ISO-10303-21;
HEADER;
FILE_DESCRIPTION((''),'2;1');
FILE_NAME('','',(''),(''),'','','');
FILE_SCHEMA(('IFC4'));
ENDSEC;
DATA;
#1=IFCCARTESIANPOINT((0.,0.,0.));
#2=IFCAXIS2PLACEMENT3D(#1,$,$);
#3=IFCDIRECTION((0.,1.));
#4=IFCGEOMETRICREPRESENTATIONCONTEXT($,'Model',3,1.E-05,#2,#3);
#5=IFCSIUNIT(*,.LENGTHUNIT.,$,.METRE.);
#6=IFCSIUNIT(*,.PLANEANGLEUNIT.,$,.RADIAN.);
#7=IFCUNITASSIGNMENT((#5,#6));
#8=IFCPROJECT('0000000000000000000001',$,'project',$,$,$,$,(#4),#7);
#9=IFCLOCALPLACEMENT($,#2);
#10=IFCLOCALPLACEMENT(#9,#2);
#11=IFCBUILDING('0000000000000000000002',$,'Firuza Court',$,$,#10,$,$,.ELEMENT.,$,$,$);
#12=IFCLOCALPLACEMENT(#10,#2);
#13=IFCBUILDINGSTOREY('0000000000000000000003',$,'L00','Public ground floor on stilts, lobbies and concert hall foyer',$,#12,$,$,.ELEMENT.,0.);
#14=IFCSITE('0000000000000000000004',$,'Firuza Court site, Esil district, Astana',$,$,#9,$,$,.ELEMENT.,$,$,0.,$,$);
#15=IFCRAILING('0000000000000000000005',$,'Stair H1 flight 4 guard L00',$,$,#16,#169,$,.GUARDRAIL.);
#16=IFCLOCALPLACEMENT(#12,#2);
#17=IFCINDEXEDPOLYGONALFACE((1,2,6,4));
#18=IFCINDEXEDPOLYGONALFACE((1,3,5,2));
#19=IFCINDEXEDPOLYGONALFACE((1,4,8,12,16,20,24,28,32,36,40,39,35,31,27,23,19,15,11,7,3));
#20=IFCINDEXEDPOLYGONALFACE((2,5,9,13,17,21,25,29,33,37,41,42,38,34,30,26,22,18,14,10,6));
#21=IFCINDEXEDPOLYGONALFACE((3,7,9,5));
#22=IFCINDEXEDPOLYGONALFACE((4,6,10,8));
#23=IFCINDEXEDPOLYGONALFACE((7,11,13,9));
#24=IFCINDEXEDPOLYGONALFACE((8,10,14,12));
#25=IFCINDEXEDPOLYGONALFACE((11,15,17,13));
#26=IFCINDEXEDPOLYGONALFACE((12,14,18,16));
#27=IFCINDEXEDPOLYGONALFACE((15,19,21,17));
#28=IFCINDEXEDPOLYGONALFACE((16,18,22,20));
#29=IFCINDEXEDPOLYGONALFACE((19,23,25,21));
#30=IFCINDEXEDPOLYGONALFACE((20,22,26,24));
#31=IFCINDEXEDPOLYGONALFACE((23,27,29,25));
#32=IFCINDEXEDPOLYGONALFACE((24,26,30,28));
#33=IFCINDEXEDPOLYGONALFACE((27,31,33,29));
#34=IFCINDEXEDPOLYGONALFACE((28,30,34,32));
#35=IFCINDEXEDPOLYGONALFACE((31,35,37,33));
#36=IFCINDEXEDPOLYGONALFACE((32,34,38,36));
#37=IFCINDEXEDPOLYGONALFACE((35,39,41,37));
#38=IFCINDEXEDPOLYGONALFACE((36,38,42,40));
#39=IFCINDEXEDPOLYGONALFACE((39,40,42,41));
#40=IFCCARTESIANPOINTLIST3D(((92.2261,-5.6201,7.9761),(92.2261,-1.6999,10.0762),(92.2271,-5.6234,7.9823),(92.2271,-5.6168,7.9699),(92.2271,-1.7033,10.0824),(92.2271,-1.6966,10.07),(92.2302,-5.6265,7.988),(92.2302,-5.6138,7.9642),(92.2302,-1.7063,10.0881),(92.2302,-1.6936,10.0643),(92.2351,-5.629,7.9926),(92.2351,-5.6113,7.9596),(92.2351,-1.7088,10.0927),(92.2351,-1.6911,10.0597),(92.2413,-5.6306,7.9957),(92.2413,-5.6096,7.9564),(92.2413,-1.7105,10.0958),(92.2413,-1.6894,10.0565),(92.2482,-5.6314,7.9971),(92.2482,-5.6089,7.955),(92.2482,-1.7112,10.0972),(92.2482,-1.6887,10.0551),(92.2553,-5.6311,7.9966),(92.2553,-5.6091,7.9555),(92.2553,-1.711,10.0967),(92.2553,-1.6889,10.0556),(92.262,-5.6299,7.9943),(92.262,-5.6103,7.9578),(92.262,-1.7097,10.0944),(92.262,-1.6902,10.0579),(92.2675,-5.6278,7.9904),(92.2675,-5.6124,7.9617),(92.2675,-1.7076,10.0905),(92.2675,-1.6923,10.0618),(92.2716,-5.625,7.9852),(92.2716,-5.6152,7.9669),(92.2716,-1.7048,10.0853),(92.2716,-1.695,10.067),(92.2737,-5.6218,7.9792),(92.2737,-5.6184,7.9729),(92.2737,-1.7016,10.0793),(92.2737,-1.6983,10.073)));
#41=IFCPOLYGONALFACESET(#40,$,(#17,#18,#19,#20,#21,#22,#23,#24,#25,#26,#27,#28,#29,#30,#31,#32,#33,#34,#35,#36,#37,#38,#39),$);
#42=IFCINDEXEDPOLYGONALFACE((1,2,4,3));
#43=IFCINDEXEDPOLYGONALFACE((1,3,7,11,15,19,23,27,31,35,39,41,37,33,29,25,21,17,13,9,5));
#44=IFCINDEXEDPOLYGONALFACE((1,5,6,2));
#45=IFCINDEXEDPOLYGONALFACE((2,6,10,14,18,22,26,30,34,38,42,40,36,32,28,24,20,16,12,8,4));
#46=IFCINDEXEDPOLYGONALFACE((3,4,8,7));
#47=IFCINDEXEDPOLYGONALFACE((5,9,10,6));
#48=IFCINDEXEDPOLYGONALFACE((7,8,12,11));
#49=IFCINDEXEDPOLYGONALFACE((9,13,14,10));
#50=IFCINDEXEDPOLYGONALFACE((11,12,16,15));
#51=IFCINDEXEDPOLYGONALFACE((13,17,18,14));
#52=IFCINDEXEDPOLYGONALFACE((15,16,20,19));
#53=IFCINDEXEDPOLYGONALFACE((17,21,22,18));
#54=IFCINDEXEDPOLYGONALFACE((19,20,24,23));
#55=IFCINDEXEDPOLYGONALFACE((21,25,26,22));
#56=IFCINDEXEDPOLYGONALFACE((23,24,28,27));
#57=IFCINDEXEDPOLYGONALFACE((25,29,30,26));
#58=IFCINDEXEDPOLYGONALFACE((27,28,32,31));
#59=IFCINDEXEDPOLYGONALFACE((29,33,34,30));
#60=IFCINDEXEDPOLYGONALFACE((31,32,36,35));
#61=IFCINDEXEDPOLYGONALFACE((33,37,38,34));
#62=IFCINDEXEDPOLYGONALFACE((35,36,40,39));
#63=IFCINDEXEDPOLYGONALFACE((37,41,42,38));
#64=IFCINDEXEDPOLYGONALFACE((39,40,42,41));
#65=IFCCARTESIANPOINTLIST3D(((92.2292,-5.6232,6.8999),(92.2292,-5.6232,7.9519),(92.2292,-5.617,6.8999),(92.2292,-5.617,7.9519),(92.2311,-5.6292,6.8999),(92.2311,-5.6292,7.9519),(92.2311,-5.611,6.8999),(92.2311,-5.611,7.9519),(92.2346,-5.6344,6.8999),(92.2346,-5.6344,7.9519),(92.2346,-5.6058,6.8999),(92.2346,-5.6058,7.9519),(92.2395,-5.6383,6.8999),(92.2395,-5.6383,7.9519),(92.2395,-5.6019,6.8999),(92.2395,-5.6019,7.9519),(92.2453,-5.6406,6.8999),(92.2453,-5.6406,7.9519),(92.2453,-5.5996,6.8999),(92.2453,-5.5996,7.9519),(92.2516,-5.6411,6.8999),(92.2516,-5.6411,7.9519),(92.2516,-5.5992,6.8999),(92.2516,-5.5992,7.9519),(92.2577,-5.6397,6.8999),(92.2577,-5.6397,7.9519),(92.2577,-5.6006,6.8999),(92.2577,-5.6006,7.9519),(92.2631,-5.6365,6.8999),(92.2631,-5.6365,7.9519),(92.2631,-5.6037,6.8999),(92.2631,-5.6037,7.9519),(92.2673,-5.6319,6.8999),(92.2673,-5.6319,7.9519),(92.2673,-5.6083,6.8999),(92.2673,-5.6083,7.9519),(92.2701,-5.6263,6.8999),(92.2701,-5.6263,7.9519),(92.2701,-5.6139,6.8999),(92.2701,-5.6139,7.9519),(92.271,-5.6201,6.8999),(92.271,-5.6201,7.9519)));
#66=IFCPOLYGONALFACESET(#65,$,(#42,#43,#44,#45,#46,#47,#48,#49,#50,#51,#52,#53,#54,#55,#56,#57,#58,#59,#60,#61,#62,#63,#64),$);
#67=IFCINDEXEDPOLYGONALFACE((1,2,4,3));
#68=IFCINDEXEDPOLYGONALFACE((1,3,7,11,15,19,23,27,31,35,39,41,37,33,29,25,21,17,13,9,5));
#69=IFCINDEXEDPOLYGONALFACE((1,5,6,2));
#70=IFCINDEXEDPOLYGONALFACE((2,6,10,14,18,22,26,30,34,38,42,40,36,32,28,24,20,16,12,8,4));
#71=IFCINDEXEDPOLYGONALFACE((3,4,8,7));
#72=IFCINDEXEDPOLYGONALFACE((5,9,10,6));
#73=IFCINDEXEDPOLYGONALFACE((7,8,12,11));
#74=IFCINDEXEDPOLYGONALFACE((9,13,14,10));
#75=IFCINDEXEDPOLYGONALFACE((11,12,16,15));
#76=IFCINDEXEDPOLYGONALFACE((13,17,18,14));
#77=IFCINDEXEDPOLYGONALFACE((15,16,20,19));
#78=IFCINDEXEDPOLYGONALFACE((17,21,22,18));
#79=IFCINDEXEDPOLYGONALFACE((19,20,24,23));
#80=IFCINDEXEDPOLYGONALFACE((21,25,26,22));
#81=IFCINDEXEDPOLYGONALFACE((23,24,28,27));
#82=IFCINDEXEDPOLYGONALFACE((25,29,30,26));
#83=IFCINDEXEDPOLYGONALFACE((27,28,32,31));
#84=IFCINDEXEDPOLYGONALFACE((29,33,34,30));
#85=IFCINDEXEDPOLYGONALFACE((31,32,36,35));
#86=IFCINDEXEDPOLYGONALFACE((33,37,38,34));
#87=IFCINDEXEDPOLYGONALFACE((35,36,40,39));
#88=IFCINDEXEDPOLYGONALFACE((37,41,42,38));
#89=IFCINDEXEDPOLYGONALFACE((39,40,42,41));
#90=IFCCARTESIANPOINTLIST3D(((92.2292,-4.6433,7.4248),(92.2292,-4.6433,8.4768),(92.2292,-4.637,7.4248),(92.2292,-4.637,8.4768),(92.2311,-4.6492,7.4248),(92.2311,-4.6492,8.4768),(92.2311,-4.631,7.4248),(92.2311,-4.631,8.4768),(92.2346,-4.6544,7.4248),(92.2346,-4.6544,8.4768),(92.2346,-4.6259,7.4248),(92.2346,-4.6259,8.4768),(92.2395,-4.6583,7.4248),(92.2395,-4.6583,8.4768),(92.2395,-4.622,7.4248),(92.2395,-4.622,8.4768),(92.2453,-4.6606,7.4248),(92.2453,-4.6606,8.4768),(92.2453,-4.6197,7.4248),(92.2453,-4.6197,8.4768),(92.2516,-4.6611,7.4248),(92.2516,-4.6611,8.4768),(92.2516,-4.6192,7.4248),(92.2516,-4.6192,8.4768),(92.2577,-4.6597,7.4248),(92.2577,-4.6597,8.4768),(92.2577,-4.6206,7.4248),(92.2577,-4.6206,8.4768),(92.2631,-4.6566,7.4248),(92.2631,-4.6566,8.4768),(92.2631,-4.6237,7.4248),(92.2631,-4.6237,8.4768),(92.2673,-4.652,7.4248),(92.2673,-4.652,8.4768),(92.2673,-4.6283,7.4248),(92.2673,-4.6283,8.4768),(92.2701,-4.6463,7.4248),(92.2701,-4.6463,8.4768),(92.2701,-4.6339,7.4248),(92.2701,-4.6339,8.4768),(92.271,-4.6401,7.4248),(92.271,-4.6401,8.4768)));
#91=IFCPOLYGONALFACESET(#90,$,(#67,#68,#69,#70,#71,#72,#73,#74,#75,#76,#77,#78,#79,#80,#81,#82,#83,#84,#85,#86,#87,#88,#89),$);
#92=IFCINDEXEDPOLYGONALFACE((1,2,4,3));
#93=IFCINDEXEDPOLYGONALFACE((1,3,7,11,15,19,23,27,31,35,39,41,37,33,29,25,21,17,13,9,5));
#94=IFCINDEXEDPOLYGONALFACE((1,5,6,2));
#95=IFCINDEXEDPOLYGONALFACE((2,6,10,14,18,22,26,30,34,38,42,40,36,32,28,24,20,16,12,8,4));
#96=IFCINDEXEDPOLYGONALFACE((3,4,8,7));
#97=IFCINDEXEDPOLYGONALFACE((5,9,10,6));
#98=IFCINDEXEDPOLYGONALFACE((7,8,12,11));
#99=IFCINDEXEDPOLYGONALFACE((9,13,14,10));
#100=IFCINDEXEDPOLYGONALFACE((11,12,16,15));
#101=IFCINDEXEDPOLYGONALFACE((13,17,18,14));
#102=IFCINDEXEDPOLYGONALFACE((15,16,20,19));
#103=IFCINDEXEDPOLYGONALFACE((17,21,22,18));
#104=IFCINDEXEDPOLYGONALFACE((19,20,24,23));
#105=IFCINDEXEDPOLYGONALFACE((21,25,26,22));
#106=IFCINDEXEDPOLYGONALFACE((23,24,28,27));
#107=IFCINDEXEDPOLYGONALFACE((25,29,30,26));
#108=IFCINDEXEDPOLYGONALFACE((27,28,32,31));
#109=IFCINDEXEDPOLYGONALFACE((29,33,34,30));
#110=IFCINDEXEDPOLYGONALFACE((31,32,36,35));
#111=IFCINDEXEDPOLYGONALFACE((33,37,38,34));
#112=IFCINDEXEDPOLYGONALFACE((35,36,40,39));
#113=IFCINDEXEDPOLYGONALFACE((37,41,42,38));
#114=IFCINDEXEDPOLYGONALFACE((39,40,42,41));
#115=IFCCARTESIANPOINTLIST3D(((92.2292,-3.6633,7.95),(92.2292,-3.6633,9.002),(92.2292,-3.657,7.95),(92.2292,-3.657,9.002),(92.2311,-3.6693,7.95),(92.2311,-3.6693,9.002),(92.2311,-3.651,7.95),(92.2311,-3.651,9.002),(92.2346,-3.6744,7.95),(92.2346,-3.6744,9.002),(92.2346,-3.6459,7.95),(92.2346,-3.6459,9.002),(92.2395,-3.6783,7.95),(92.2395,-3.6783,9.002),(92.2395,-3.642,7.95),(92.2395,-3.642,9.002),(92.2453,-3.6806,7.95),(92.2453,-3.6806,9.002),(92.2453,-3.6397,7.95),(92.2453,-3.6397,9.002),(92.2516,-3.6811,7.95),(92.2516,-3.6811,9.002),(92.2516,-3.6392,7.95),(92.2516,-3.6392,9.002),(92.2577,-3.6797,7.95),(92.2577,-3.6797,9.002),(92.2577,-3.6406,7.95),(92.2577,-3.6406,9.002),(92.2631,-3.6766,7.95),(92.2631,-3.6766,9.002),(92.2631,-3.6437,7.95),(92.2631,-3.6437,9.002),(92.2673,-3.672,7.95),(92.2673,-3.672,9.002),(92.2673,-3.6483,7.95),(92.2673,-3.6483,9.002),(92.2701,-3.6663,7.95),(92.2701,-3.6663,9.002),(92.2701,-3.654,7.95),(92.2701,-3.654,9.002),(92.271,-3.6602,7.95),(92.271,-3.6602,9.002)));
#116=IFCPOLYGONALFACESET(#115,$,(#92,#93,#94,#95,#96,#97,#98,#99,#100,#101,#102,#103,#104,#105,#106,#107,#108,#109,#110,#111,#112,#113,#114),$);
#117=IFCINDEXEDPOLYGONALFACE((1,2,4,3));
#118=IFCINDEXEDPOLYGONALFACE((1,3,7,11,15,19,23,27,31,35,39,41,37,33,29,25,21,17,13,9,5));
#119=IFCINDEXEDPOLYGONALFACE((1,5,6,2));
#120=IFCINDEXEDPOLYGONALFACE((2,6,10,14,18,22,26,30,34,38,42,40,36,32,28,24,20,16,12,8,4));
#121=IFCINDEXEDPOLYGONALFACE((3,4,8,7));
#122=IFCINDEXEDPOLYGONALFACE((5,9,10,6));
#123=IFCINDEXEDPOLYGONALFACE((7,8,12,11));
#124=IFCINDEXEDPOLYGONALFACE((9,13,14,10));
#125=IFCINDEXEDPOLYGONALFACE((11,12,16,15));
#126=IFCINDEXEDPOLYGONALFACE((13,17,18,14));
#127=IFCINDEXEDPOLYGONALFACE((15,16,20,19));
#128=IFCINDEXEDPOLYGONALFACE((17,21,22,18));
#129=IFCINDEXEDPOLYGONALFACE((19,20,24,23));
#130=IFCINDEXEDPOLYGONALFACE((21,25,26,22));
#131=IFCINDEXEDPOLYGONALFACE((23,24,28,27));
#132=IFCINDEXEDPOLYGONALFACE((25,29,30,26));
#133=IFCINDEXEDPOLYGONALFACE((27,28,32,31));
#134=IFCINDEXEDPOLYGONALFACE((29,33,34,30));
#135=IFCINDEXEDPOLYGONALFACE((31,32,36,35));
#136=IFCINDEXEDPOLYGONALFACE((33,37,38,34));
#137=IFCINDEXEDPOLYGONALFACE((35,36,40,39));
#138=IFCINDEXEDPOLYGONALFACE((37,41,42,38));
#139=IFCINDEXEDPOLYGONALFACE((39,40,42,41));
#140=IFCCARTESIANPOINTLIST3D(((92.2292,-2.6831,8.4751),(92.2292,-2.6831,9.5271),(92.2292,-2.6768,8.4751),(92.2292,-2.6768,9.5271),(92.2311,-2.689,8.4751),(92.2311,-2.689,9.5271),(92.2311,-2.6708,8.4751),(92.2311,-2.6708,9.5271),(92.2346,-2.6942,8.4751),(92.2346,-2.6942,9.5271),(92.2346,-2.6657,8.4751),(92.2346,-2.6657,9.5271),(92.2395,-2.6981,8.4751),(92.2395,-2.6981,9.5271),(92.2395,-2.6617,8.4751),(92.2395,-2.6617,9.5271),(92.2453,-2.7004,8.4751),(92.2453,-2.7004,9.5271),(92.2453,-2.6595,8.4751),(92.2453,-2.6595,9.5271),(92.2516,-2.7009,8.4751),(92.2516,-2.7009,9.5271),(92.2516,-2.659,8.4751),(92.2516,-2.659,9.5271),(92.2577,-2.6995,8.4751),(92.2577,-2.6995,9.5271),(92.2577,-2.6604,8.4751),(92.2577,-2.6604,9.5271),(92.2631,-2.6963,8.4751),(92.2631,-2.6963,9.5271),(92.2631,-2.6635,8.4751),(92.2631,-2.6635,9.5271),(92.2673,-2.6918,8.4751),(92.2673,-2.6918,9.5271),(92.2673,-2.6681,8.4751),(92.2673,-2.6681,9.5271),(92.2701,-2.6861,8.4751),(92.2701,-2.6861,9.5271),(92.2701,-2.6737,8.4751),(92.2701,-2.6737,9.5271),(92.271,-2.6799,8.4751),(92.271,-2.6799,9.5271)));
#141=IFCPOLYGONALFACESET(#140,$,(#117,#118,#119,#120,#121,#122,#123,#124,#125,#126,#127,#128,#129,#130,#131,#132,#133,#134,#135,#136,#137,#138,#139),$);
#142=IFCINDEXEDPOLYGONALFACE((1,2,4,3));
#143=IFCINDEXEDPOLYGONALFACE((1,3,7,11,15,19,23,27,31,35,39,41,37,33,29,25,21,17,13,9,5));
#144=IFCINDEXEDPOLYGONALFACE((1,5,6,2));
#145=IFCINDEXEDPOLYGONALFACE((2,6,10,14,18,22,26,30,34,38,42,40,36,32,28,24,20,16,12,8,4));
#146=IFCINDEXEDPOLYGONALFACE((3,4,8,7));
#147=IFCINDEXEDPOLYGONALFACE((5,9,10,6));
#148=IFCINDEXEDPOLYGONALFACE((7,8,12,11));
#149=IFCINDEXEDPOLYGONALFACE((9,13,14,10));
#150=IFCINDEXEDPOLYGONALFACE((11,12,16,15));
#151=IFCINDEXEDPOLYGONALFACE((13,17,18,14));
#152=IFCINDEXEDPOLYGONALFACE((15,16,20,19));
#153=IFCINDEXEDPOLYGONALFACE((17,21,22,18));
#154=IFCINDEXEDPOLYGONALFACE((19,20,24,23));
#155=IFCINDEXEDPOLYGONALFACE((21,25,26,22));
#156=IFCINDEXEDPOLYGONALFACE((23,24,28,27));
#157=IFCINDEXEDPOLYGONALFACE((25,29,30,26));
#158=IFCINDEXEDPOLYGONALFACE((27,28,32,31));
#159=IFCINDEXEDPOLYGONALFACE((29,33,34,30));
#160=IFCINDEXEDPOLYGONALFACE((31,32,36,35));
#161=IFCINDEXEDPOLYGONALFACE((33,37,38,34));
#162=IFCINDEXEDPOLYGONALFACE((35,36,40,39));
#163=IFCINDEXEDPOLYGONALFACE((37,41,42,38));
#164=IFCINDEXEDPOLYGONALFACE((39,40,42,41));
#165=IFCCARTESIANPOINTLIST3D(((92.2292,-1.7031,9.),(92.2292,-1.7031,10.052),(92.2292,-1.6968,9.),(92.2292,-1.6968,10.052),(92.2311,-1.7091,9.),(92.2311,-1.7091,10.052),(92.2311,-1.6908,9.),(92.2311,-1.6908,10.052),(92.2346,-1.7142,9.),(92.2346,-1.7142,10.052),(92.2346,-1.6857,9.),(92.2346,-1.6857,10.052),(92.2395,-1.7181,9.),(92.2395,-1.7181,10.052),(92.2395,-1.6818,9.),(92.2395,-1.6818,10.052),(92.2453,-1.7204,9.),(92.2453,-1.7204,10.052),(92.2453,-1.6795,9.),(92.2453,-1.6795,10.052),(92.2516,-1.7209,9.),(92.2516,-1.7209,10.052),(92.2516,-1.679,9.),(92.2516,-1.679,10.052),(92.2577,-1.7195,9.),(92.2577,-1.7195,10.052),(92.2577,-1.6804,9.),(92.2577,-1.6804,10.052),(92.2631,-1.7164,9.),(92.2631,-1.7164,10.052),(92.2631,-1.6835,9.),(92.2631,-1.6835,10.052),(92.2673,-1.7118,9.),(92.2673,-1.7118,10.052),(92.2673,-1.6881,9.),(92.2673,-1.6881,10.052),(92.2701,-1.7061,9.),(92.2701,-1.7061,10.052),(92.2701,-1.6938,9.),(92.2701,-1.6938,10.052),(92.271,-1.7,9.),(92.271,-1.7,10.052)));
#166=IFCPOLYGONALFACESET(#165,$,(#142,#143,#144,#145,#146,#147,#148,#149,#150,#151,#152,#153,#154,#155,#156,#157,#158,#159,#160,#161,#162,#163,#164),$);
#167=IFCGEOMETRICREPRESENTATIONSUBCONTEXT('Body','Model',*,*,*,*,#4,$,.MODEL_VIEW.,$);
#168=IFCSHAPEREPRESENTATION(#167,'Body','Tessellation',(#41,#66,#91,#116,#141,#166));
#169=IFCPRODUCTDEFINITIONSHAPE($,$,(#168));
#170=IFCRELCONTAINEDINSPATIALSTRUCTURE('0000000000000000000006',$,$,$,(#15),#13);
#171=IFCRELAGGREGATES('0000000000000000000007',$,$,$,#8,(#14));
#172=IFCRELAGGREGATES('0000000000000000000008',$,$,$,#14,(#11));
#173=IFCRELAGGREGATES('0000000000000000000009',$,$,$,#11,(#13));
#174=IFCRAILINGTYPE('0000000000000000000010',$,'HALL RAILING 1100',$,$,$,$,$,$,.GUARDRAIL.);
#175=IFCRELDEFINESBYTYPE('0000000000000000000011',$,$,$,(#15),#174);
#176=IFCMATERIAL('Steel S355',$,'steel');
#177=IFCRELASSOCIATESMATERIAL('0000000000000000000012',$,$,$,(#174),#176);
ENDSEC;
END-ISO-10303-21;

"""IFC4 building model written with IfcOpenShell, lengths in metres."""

from ifc_helpers import new_model, si_unit, direction, frame, origin, origin_2d, place, context, subcontext, project, spatial, circle, extrude, material, type_object, element, save


model = new_model("IFC4")

# Units and contexts
model_context = context("Model", 3, precision=1e-05, world=origin(), true_north=direction((0.0, 1.0)))
body_context = subcontext(model_context, "Body", "Model", "MODEL_VIEW")
ifc_project = project(units=[si_unit("LENGTHUNIT", "METRE"), si_unit("PLANEANGLEUNIT", "RADIAN")], contexts=[model_context])

# Site, building, storey
site_placement = place(None, origin())
site = spatial("IfcSite", under=ifc_project, at=site_placement, Name="Firuza Court site, Esil district, Astana", CompositionType="ELEMENT", RefElevation=0.0)
building_placement = place(site_placement, origin())
building = spatial("IfcBuilding", under=site, at=building_placement, Name="Firuza Court", CompositionType="ELEMENT")
storey_placement = place(building_placement, origin())
storey = spatial("IfcBuildingStorey", under=building, at=storey_placement, Name="L00", Description="Public ground floor on stilts, lobbies and concert hall foyer", CompositionType="ELEMENT", Elevation=0.0)

# Railing
ifc_material_1 = material(Name="Steel S355", Category="steel")
railing_type_1 = type_object("IfcRailingType", Name="HALL RAILING 1100", PredefinedType="GUARDRAIL", material=ifc_material_1)
railing_1_placement = place(storey_placement, frame((92.25, -5.6201, 6.8999)))
element("IfcRailing", 1, at=railing_1_placement, inside=storey, type_object=railing_type_1, Name="Stair H1 flight 4 guard L00", PredefinedType="GUARDRAIL", context=body_context, shape_type="SweptSolid", body=[
    extrude(circle(Radius=0.0239, at=origin_2d()), frame((0.0, 0.0, 1.0762), z_axis=(0.0, 0.881479, 0.472223), x_axis=(-1.0, 0.0, 0.0)), (0.0, 0.0, 1.0), 4.4473),
    extrude(circle(Radius=0.021, at=origin_2d()), origin(), (0.0, 0.0, 1.0), 1.052),
    extrude(circle(Radius=0.021, at=origin_2d()), frame((0.0, 0.98, 0.5249)), (0.0, 0.0, 1.0), 1.052),
    extrude(circle(Radius=0.021, at=origin_2d()), frame((0.0, 1.96, 1.05)), (0.0, 0.0, 1.0), 1.052),
    extrude(circle(Radius=0.021, at=origin_2d()), frame((0.0, 2.9402, 1.5752)), (0.0, 0.0, 1.0), 1.052),
    extrude(circle(Radius=0.021, at=origin_2d()), frame((0.0, 3.9202, 2.1001)), (0.0, 0.0, 1.0), 1.052),
])

save(model, "model.ifc")
